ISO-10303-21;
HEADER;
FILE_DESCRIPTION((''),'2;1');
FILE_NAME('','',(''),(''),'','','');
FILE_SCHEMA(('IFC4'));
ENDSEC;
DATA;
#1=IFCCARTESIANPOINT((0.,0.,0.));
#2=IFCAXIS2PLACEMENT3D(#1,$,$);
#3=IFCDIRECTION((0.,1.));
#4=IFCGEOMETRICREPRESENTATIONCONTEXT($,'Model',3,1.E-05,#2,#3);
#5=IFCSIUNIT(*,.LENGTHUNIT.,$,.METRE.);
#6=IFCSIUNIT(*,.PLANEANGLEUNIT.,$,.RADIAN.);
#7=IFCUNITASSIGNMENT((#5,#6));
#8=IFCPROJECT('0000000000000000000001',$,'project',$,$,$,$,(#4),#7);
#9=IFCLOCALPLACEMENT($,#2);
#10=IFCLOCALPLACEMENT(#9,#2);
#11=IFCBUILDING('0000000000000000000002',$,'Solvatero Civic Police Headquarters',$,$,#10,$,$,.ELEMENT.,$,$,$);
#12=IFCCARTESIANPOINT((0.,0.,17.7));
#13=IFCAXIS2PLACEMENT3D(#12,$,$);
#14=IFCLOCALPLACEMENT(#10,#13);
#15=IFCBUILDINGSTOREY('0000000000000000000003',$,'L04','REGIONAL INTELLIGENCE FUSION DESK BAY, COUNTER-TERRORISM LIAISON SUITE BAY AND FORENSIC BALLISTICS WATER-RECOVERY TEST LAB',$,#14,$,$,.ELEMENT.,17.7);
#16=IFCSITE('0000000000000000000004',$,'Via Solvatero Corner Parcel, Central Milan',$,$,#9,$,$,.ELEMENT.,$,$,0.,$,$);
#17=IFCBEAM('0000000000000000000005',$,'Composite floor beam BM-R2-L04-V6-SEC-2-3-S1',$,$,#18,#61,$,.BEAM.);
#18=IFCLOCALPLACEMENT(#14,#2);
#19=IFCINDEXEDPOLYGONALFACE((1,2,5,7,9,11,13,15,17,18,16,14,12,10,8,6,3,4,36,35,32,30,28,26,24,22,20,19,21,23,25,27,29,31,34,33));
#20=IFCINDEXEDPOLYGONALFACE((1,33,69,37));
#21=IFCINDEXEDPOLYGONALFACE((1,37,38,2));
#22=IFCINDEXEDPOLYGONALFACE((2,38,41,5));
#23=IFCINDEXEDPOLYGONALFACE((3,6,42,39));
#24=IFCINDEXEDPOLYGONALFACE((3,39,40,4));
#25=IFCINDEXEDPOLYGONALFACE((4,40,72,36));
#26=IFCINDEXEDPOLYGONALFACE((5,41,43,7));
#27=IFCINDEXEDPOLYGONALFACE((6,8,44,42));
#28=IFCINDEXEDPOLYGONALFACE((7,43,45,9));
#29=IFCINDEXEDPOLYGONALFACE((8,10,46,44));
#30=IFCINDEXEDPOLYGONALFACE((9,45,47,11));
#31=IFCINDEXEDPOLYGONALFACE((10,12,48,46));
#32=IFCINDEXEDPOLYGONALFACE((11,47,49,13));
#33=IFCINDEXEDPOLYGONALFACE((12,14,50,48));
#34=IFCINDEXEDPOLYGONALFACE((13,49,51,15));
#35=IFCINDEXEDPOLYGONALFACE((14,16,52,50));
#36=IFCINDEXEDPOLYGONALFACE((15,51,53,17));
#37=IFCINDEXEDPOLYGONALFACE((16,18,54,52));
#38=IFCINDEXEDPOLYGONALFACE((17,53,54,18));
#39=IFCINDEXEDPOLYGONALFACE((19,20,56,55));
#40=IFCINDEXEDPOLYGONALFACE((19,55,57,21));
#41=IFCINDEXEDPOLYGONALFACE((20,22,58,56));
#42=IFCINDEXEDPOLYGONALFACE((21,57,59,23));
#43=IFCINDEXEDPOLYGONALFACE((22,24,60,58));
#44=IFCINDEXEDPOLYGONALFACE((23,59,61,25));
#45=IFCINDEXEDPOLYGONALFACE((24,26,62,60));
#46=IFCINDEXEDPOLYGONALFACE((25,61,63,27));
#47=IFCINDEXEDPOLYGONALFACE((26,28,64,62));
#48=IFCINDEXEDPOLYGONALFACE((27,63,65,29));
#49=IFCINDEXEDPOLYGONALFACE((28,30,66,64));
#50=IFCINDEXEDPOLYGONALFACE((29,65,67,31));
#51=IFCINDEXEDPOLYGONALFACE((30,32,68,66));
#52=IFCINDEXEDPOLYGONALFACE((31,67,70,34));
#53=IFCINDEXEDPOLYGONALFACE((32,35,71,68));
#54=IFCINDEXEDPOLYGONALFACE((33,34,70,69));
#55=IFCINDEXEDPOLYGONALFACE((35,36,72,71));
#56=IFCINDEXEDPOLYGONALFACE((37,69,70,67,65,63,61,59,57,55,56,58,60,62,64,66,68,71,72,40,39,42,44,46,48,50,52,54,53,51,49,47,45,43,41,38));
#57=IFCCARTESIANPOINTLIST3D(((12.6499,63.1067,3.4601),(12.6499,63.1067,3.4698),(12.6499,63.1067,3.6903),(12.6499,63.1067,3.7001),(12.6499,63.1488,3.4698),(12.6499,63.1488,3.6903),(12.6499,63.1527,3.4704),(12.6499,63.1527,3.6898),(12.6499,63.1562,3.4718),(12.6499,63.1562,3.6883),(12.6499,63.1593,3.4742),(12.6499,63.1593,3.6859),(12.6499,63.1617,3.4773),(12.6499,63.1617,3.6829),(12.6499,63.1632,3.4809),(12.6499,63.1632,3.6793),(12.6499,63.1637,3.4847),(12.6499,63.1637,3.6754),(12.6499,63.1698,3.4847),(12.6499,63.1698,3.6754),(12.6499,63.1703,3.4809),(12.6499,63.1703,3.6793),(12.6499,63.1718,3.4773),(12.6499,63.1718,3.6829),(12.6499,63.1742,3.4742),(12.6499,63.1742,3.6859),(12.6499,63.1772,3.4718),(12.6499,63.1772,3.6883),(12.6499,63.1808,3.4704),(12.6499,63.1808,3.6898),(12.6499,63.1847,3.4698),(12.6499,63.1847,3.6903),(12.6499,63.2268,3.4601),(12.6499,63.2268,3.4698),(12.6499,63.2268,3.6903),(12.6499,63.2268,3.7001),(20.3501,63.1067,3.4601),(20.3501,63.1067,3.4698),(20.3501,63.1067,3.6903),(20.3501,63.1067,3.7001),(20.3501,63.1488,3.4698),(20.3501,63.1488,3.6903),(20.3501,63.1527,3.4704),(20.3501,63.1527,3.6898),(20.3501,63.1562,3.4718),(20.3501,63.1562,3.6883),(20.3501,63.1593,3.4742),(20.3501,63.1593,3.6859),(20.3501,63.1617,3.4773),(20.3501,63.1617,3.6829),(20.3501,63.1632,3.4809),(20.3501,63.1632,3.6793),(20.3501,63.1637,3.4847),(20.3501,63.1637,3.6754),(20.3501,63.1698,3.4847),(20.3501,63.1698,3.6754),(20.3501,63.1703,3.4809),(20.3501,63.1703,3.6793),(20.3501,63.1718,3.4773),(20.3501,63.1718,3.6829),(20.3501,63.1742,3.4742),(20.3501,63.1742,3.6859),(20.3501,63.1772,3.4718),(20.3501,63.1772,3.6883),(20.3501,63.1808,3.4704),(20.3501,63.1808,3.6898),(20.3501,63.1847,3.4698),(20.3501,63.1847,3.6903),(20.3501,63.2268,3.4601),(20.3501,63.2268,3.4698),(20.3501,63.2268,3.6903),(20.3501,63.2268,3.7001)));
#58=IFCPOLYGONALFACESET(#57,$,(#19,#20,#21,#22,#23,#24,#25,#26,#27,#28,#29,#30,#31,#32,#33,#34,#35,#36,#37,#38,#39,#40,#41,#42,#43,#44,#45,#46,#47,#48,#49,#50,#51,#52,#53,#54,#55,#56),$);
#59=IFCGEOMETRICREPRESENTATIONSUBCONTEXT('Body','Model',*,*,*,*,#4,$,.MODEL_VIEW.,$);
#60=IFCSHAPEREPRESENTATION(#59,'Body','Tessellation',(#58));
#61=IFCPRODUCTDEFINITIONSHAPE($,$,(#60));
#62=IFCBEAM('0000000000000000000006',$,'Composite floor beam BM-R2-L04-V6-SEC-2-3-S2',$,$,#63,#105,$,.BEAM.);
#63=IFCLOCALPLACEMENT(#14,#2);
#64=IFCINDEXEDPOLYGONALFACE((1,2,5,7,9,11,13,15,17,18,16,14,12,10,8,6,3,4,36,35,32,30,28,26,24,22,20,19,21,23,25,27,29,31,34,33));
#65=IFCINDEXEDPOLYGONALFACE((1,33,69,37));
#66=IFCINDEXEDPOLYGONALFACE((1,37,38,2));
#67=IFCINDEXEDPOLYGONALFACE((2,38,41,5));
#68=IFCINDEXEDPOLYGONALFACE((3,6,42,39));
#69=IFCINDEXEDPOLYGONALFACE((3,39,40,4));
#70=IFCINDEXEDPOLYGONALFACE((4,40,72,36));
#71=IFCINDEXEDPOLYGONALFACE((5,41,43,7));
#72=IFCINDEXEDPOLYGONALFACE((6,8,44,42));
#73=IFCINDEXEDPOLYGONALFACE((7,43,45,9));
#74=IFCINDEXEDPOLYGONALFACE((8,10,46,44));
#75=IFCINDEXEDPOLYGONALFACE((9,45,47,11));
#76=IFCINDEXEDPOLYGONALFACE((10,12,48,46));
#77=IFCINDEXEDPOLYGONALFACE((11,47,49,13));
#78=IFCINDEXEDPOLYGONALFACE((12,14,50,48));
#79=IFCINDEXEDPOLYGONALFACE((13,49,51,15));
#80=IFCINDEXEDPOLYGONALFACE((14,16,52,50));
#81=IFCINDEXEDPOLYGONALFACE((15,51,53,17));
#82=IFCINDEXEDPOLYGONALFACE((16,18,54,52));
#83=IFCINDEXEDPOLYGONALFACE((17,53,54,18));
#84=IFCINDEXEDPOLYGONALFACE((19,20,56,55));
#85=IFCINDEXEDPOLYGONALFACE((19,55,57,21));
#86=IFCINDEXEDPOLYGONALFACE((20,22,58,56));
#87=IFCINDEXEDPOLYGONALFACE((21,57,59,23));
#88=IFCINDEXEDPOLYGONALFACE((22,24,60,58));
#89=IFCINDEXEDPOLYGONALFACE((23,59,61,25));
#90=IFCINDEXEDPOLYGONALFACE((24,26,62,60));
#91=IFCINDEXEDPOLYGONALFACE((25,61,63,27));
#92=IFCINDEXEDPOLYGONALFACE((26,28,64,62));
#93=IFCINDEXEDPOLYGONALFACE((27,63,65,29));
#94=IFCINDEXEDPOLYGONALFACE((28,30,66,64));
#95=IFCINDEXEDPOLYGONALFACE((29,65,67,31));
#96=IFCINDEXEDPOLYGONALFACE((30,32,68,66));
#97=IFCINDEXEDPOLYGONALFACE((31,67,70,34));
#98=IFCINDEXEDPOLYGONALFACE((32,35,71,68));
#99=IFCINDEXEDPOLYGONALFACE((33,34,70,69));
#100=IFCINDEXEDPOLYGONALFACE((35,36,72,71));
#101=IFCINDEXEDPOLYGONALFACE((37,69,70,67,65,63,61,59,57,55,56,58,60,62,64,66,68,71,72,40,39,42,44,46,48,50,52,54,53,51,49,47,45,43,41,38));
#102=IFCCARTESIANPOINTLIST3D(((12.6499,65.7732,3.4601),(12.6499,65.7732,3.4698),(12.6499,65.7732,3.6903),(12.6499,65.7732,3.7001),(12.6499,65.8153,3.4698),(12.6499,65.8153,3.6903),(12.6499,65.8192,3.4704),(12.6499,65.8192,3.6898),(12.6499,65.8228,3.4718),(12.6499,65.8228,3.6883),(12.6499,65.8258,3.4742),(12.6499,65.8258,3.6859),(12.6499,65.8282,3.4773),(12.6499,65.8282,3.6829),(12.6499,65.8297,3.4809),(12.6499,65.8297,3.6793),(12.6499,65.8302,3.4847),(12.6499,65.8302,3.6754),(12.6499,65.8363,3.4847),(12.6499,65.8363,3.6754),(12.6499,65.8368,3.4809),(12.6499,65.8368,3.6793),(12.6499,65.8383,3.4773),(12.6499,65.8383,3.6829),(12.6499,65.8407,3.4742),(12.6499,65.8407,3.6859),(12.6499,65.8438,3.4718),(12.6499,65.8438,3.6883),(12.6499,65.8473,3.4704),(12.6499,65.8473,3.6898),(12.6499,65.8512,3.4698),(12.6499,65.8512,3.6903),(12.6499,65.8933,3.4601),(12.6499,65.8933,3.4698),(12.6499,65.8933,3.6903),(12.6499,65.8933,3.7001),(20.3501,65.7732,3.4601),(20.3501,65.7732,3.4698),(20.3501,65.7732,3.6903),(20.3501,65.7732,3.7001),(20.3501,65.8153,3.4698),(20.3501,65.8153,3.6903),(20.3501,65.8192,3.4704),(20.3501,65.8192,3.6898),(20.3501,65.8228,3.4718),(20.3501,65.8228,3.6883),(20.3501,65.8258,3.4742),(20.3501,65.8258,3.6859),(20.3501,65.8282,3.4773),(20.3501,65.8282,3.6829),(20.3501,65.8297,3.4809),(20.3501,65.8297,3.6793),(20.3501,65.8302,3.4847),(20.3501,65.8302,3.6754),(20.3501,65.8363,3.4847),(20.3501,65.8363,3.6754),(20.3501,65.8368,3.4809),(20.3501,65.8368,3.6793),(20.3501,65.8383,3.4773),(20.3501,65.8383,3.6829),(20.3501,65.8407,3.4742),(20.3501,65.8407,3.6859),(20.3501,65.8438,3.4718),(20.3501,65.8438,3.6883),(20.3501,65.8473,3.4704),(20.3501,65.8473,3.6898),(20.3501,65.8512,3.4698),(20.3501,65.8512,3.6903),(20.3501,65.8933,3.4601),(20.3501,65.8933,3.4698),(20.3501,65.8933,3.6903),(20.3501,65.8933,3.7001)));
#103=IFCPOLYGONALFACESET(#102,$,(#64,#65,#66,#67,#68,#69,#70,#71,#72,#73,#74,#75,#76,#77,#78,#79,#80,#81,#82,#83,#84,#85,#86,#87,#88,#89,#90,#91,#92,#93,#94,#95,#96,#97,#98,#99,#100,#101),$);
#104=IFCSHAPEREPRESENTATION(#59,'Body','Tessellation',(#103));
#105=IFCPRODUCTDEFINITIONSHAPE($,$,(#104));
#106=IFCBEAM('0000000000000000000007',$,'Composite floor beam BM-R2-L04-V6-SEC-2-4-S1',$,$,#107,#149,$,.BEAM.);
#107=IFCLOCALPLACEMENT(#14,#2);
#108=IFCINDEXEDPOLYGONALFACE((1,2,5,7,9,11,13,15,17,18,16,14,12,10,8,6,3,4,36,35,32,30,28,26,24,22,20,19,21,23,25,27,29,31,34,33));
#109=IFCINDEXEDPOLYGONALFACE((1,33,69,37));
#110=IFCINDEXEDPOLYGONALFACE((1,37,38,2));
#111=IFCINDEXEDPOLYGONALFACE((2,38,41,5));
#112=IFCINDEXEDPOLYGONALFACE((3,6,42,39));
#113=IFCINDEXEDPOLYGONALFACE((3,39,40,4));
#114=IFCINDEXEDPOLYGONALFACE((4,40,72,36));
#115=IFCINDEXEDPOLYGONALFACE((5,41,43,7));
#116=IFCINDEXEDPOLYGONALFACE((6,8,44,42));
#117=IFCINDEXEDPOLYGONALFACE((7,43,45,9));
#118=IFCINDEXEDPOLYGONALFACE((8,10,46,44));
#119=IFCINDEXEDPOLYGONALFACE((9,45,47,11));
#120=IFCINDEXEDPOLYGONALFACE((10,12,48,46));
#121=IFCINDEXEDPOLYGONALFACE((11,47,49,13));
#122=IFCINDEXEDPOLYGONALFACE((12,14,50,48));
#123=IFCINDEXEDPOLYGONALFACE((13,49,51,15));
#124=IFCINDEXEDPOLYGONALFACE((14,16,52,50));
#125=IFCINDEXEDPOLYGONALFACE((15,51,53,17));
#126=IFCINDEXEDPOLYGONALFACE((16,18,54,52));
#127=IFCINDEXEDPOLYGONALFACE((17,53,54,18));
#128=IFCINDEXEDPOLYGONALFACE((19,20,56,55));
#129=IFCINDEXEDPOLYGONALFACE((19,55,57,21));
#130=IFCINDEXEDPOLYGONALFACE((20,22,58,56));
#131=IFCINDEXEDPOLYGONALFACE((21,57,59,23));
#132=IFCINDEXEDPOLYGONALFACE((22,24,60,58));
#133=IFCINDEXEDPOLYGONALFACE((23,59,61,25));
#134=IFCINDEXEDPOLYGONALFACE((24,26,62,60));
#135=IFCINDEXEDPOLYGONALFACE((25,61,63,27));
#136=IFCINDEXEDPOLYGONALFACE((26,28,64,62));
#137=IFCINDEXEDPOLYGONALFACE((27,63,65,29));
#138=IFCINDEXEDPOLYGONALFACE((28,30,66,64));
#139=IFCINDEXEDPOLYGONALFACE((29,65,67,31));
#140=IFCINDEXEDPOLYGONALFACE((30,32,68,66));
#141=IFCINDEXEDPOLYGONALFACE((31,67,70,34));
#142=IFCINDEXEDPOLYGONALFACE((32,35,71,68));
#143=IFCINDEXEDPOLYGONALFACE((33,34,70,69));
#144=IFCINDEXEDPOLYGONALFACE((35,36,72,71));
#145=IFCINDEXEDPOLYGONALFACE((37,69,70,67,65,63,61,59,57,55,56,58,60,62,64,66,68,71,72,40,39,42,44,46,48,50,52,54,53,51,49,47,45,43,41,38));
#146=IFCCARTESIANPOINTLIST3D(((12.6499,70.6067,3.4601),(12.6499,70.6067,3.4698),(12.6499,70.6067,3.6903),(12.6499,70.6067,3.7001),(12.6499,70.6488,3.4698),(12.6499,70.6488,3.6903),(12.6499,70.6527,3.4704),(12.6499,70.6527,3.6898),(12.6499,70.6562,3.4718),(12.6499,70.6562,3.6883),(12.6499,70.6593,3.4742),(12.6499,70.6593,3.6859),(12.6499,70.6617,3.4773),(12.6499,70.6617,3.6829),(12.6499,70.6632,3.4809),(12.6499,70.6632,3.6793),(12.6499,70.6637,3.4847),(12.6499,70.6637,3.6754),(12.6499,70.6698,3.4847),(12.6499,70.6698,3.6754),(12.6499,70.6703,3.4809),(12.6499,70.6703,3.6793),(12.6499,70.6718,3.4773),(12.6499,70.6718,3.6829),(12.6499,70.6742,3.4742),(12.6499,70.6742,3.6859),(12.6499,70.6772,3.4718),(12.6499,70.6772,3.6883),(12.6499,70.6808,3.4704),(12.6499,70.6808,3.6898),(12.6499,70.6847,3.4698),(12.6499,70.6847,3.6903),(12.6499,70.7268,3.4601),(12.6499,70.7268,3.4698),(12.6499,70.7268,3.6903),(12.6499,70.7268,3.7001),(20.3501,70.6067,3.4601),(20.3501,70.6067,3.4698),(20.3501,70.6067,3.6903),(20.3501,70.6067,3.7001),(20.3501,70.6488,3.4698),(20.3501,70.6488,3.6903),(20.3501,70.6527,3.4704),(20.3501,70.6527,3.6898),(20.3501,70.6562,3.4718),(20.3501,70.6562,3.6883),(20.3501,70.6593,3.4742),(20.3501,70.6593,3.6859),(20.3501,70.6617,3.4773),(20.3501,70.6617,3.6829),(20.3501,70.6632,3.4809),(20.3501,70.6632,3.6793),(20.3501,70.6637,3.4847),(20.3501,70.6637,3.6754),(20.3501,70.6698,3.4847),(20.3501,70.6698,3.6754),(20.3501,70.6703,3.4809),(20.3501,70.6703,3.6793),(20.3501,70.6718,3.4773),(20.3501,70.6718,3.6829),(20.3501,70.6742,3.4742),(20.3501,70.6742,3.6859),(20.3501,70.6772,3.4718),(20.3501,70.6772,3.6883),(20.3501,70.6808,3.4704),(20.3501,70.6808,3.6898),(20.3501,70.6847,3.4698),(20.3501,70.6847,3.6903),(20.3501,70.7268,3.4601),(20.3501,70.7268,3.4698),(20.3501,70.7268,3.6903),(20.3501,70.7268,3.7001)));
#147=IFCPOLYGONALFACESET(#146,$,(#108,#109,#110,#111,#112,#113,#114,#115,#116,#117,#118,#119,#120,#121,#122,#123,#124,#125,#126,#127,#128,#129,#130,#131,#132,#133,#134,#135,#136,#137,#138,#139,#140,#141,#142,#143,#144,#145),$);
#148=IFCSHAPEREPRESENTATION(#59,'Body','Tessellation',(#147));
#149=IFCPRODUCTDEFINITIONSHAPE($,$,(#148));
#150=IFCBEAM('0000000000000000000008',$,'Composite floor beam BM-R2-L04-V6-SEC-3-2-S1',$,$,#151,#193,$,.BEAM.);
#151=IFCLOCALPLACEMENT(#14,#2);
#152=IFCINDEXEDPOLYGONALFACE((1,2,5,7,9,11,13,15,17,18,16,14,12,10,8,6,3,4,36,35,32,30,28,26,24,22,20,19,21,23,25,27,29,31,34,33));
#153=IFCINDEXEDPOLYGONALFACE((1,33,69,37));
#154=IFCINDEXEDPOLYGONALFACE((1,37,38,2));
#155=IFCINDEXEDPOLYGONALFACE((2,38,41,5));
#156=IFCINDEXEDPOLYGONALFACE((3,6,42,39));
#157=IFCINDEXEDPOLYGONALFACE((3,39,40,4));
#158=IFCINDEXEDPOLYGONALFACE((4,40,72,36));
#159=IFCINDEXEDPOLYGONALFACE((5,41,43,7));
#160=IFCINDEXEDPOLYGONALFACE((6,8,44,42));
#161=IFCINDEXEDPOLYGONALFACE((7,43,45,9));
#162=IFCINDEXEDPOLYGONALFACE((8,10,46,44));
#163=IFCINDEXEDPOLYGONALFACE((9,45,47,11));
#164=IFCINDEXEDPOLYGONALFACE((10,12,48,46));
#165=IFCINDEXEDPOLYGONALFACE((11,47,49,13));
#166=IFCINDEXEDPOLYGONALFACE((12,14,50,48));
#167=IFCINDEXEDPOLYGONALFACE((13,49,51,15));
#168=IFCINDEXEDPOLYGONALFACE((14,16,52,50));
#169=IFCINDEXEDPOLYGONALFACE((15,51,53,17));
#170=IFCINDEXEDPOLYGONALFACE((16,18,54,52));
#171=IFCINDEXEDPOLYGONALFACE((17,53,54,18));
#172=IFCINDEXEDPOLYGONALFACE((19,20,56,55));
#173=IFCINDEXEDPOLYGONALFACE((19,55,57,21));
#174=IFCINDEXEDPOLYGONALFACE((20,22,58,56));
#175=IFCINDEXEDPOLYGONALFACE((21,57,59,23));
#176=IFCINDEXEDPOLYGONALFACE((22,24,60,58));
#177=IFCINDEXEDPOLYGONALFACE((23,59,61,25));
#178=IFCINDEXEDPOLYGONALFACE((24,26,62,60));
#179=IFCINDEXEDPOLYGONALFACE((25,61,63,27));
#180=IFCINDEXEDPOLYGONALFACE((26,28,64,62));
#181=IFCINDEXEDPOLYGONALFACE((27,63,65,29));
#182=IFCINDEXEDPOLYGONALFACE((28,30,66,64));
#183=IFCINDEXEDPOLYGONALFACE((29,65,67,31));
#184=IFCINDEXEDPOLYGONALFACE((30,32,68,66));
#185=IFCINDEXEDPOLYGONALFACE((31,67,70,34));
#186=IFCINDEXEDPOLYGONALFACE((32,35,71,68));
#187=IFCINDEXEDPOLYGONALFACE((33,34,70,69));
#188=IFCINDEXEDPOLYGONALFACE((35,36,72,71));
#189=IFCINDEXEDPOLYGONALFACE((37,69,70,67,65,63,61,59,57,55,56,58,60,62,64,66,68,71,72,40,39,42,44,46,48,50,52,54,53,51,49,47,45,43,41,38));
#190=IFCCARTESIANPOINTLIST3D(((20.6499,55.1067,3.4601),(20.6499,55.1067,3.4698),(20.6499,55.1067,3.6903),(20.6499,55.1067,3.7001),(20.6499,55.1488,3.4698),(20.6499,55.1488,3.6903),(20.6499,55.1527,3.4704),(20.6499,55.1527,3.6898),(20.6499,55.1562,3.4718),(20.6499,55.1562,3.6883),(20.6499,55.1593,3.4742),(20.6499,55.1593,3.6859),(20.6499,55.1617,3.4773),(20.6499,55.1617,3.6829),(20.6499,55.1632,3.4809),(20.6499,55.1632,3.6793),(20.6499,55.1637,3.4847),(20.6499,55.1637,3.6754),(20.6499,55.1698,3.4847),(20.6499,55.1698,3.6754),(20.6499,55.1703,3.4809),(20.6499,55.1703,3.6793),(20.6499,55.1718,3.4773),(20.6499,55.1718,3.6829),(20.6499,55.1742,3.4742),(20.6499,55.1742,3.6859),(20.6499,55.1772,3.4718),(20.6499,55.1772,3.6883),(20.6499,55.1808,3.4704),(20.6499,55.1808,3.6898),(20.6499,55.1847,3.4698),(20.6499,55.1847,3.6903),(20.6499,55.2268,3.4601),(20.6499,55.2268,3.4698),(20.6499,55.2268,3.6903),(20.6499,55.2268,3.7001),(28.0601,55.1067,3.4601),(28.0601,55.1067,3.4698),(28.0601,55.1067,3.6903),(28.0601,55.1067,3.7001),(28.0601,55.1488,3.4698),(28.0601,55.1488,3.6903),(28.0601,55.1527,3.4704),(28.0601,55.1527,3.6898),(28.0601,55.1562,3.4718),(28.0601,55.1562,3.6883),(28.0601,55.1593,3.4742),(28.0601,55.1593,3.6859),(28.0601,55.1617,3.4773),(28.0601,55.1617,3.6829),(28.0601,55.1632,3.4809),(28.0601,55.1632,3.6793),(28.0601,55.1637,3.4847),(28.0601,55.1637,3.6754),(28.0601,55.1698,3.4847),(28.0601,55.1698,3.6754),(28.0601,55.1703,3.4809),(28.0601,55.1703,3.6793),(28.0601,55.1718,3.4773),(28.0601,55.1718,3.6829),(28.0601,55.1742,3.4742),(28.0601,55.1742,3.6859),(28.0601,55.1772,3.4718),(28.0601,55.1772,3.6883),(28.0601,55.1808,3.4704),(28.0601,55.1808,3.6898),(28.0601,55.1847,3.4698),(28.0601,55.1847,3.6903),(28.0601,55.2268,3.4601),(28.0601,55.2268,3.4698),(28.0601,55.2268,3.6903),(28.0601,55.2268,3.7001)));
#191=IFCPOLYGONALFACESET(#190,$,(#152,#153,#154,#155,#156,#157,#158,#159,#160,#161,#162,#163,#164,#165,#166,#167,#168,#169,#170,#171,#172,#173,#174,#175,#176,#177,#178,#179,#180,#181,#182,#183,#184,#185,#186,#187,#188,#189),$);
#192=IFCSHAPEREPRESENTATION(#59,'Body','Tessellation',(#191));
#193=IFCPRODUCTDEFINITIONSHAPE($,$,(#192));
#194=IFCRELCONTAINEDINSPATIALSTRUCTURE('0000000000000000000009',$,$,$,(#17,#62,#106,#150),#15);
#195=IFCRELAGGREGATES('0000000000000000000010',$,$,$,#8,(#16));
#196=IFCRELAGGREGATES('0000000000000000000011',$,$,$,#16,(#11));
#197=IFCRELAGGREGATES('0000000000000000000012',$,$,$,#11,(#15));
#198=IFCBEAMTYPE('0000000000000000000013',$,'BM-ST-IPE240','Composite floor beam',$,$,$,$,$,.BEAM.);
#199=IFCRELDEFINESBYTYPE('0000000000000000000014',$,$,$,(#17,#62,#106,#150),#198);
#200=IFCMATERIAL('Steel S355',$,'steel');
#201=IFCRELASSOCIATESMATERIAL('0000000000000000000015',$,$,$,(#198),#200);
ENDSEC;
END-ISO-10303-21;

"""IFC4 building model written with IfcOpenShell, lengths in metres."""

from ifc_helpers import new_model, si_unit, direction, frame, origin, origin_2d, place, context, subcontext, project, spatial, i_section, extrude, material, material_profile, profile_set, type_object, element, save


model = new_model("IFC4")

# Units and contexts
model_context = context("Model", 3, precision=1e-05, world=origin(), true_north=direction((0.0, 1.0)))
body_context = subcontext(model_context, "Body", "Model", "MODEL_VIEW")
ifc_project = project(units=[si_unit("LENGTHUNIT", "METRE"), si_unit("PLANEANGLEUNIT", "RADIAN")], contexts=[model_context])

# Site, building, storey
site_placement = place(None, origin())
site = spatial("IfcSite", under=ifc_project, at=site_placement, Name="Via Solvatero Corner Parcel, Central Milan", CompositionType="ELEMENT", RefElevation=0.0)
building_placement = place(site_placement, origin())
building = spatial("IfcBuilding", under=site, at=building_placement, Name="Solvatero Civic Police Headquarters", CompositionType="ELEMENT")
storey_placement = place(building_placement, frame((0.0, 0.0, 17.7)))
storey = spatial("IfcBuildingStorey", under=building, at=storey_placement, Name="L04", Description="REGIONAL INTELLIGENCE FUSION DESK BAY, COUNTER-TERRORISM LIAISON SUITE BAY AND FORENSIC BALLISTICS WATER-RECOVERY TEST LAB", CompositionType="ELEMENT", Elevation=17.7)

# Shared definitions
ifc_material_1 = material(Name="Steel S355", Category="steel")

# Beams
ifc_material_profile_1 = material_profile(ifc_material_1, i_section(OverallWidth=0.1201, OverallDepth=0.24, WebThickness=0.0061, FlangeThickness=0.0098, FilletRadius=0.0149, at=origin_2d()), Name="IPE 240")
ifc_profile_set_1 = profile_set([ifc_material_profile_1], Name="Steel S355")
beam_type_1 = type_object("IfcBeamType", Name="BM-ST-IPE240", Description="Composite floor beam", PredefinedType="BEAM", material=ifc_profile_set_1)
for number, where, z_axis, x_axis, name in (
    (1, (12.6499, 63.1667, 3.5801), (1.0, 0.0, 0.0), (0.0, 1.0, 0.0), "Composite floor beam BM-R2-L04-V6-SEC-2-3-S1"),
    (2, (12.6499, 65.8333, 3.5801), (1.0, 0.0, 0.0), (0.0, 1.0, 0.0), "Composite floor beam BM-R2-L04-V6-SEC-2-3-S2"),
    (3, (12.6499, 70.6667, 3.5801), (1.0, 0.0, 0.0), (0.0, 1.0, 0.0), "Composite floor beam BM-R2-L04-V6-SEC-2-4-S1"),
):
    element("IfcBeam", number, at=place(storey_placement, frame(where, z_axis=z_axis, x_axis=x_axis)), inside=storey, type_object=beam_type_1, Name=name, PredefinedType="BEAM", context=body_context, shape_type="SweptSolid", body=[
        extrude(i_section(OverallWidth=0.1201, OverallDepth=0.24, WebThickness=0.0061, FlangeThickness=0.0098, FilletRadius=0.0149, at=origin_2d()), origin(), (0.0, 0.0, 1.0), 7.7002),
    ])
for number, where, z_axis, x_axis, name in (
    (4, (20.6499, 55.1667, 3.5801), (1.0, 0.0, 0.0), (0.0, 1.0, 0.0), "Composite floor beam BM-R2-L04-V6-SEC-3-2-S1"),
):
    element("IfcBeam", number, at=place(storey_placement, frame(where, z_axis=z_axis, x_axis=x_axis)), inside=storey, type_object=beam_type_1, Name=name, PredefinedType="BEAM", context=body_context, shape_type="SweptSolid", body=[
        extrude(i_section(OverallWidth=0.1201, OverallDepth=0.24, WebThickness=0.0061, FlangeThickness=0.0098, FilletRadius=0.0149, at=origin_2d()), origin(), (0.0, 0.0, 1.0), 7.4102),
    ])

save(model, "model.ifc")
